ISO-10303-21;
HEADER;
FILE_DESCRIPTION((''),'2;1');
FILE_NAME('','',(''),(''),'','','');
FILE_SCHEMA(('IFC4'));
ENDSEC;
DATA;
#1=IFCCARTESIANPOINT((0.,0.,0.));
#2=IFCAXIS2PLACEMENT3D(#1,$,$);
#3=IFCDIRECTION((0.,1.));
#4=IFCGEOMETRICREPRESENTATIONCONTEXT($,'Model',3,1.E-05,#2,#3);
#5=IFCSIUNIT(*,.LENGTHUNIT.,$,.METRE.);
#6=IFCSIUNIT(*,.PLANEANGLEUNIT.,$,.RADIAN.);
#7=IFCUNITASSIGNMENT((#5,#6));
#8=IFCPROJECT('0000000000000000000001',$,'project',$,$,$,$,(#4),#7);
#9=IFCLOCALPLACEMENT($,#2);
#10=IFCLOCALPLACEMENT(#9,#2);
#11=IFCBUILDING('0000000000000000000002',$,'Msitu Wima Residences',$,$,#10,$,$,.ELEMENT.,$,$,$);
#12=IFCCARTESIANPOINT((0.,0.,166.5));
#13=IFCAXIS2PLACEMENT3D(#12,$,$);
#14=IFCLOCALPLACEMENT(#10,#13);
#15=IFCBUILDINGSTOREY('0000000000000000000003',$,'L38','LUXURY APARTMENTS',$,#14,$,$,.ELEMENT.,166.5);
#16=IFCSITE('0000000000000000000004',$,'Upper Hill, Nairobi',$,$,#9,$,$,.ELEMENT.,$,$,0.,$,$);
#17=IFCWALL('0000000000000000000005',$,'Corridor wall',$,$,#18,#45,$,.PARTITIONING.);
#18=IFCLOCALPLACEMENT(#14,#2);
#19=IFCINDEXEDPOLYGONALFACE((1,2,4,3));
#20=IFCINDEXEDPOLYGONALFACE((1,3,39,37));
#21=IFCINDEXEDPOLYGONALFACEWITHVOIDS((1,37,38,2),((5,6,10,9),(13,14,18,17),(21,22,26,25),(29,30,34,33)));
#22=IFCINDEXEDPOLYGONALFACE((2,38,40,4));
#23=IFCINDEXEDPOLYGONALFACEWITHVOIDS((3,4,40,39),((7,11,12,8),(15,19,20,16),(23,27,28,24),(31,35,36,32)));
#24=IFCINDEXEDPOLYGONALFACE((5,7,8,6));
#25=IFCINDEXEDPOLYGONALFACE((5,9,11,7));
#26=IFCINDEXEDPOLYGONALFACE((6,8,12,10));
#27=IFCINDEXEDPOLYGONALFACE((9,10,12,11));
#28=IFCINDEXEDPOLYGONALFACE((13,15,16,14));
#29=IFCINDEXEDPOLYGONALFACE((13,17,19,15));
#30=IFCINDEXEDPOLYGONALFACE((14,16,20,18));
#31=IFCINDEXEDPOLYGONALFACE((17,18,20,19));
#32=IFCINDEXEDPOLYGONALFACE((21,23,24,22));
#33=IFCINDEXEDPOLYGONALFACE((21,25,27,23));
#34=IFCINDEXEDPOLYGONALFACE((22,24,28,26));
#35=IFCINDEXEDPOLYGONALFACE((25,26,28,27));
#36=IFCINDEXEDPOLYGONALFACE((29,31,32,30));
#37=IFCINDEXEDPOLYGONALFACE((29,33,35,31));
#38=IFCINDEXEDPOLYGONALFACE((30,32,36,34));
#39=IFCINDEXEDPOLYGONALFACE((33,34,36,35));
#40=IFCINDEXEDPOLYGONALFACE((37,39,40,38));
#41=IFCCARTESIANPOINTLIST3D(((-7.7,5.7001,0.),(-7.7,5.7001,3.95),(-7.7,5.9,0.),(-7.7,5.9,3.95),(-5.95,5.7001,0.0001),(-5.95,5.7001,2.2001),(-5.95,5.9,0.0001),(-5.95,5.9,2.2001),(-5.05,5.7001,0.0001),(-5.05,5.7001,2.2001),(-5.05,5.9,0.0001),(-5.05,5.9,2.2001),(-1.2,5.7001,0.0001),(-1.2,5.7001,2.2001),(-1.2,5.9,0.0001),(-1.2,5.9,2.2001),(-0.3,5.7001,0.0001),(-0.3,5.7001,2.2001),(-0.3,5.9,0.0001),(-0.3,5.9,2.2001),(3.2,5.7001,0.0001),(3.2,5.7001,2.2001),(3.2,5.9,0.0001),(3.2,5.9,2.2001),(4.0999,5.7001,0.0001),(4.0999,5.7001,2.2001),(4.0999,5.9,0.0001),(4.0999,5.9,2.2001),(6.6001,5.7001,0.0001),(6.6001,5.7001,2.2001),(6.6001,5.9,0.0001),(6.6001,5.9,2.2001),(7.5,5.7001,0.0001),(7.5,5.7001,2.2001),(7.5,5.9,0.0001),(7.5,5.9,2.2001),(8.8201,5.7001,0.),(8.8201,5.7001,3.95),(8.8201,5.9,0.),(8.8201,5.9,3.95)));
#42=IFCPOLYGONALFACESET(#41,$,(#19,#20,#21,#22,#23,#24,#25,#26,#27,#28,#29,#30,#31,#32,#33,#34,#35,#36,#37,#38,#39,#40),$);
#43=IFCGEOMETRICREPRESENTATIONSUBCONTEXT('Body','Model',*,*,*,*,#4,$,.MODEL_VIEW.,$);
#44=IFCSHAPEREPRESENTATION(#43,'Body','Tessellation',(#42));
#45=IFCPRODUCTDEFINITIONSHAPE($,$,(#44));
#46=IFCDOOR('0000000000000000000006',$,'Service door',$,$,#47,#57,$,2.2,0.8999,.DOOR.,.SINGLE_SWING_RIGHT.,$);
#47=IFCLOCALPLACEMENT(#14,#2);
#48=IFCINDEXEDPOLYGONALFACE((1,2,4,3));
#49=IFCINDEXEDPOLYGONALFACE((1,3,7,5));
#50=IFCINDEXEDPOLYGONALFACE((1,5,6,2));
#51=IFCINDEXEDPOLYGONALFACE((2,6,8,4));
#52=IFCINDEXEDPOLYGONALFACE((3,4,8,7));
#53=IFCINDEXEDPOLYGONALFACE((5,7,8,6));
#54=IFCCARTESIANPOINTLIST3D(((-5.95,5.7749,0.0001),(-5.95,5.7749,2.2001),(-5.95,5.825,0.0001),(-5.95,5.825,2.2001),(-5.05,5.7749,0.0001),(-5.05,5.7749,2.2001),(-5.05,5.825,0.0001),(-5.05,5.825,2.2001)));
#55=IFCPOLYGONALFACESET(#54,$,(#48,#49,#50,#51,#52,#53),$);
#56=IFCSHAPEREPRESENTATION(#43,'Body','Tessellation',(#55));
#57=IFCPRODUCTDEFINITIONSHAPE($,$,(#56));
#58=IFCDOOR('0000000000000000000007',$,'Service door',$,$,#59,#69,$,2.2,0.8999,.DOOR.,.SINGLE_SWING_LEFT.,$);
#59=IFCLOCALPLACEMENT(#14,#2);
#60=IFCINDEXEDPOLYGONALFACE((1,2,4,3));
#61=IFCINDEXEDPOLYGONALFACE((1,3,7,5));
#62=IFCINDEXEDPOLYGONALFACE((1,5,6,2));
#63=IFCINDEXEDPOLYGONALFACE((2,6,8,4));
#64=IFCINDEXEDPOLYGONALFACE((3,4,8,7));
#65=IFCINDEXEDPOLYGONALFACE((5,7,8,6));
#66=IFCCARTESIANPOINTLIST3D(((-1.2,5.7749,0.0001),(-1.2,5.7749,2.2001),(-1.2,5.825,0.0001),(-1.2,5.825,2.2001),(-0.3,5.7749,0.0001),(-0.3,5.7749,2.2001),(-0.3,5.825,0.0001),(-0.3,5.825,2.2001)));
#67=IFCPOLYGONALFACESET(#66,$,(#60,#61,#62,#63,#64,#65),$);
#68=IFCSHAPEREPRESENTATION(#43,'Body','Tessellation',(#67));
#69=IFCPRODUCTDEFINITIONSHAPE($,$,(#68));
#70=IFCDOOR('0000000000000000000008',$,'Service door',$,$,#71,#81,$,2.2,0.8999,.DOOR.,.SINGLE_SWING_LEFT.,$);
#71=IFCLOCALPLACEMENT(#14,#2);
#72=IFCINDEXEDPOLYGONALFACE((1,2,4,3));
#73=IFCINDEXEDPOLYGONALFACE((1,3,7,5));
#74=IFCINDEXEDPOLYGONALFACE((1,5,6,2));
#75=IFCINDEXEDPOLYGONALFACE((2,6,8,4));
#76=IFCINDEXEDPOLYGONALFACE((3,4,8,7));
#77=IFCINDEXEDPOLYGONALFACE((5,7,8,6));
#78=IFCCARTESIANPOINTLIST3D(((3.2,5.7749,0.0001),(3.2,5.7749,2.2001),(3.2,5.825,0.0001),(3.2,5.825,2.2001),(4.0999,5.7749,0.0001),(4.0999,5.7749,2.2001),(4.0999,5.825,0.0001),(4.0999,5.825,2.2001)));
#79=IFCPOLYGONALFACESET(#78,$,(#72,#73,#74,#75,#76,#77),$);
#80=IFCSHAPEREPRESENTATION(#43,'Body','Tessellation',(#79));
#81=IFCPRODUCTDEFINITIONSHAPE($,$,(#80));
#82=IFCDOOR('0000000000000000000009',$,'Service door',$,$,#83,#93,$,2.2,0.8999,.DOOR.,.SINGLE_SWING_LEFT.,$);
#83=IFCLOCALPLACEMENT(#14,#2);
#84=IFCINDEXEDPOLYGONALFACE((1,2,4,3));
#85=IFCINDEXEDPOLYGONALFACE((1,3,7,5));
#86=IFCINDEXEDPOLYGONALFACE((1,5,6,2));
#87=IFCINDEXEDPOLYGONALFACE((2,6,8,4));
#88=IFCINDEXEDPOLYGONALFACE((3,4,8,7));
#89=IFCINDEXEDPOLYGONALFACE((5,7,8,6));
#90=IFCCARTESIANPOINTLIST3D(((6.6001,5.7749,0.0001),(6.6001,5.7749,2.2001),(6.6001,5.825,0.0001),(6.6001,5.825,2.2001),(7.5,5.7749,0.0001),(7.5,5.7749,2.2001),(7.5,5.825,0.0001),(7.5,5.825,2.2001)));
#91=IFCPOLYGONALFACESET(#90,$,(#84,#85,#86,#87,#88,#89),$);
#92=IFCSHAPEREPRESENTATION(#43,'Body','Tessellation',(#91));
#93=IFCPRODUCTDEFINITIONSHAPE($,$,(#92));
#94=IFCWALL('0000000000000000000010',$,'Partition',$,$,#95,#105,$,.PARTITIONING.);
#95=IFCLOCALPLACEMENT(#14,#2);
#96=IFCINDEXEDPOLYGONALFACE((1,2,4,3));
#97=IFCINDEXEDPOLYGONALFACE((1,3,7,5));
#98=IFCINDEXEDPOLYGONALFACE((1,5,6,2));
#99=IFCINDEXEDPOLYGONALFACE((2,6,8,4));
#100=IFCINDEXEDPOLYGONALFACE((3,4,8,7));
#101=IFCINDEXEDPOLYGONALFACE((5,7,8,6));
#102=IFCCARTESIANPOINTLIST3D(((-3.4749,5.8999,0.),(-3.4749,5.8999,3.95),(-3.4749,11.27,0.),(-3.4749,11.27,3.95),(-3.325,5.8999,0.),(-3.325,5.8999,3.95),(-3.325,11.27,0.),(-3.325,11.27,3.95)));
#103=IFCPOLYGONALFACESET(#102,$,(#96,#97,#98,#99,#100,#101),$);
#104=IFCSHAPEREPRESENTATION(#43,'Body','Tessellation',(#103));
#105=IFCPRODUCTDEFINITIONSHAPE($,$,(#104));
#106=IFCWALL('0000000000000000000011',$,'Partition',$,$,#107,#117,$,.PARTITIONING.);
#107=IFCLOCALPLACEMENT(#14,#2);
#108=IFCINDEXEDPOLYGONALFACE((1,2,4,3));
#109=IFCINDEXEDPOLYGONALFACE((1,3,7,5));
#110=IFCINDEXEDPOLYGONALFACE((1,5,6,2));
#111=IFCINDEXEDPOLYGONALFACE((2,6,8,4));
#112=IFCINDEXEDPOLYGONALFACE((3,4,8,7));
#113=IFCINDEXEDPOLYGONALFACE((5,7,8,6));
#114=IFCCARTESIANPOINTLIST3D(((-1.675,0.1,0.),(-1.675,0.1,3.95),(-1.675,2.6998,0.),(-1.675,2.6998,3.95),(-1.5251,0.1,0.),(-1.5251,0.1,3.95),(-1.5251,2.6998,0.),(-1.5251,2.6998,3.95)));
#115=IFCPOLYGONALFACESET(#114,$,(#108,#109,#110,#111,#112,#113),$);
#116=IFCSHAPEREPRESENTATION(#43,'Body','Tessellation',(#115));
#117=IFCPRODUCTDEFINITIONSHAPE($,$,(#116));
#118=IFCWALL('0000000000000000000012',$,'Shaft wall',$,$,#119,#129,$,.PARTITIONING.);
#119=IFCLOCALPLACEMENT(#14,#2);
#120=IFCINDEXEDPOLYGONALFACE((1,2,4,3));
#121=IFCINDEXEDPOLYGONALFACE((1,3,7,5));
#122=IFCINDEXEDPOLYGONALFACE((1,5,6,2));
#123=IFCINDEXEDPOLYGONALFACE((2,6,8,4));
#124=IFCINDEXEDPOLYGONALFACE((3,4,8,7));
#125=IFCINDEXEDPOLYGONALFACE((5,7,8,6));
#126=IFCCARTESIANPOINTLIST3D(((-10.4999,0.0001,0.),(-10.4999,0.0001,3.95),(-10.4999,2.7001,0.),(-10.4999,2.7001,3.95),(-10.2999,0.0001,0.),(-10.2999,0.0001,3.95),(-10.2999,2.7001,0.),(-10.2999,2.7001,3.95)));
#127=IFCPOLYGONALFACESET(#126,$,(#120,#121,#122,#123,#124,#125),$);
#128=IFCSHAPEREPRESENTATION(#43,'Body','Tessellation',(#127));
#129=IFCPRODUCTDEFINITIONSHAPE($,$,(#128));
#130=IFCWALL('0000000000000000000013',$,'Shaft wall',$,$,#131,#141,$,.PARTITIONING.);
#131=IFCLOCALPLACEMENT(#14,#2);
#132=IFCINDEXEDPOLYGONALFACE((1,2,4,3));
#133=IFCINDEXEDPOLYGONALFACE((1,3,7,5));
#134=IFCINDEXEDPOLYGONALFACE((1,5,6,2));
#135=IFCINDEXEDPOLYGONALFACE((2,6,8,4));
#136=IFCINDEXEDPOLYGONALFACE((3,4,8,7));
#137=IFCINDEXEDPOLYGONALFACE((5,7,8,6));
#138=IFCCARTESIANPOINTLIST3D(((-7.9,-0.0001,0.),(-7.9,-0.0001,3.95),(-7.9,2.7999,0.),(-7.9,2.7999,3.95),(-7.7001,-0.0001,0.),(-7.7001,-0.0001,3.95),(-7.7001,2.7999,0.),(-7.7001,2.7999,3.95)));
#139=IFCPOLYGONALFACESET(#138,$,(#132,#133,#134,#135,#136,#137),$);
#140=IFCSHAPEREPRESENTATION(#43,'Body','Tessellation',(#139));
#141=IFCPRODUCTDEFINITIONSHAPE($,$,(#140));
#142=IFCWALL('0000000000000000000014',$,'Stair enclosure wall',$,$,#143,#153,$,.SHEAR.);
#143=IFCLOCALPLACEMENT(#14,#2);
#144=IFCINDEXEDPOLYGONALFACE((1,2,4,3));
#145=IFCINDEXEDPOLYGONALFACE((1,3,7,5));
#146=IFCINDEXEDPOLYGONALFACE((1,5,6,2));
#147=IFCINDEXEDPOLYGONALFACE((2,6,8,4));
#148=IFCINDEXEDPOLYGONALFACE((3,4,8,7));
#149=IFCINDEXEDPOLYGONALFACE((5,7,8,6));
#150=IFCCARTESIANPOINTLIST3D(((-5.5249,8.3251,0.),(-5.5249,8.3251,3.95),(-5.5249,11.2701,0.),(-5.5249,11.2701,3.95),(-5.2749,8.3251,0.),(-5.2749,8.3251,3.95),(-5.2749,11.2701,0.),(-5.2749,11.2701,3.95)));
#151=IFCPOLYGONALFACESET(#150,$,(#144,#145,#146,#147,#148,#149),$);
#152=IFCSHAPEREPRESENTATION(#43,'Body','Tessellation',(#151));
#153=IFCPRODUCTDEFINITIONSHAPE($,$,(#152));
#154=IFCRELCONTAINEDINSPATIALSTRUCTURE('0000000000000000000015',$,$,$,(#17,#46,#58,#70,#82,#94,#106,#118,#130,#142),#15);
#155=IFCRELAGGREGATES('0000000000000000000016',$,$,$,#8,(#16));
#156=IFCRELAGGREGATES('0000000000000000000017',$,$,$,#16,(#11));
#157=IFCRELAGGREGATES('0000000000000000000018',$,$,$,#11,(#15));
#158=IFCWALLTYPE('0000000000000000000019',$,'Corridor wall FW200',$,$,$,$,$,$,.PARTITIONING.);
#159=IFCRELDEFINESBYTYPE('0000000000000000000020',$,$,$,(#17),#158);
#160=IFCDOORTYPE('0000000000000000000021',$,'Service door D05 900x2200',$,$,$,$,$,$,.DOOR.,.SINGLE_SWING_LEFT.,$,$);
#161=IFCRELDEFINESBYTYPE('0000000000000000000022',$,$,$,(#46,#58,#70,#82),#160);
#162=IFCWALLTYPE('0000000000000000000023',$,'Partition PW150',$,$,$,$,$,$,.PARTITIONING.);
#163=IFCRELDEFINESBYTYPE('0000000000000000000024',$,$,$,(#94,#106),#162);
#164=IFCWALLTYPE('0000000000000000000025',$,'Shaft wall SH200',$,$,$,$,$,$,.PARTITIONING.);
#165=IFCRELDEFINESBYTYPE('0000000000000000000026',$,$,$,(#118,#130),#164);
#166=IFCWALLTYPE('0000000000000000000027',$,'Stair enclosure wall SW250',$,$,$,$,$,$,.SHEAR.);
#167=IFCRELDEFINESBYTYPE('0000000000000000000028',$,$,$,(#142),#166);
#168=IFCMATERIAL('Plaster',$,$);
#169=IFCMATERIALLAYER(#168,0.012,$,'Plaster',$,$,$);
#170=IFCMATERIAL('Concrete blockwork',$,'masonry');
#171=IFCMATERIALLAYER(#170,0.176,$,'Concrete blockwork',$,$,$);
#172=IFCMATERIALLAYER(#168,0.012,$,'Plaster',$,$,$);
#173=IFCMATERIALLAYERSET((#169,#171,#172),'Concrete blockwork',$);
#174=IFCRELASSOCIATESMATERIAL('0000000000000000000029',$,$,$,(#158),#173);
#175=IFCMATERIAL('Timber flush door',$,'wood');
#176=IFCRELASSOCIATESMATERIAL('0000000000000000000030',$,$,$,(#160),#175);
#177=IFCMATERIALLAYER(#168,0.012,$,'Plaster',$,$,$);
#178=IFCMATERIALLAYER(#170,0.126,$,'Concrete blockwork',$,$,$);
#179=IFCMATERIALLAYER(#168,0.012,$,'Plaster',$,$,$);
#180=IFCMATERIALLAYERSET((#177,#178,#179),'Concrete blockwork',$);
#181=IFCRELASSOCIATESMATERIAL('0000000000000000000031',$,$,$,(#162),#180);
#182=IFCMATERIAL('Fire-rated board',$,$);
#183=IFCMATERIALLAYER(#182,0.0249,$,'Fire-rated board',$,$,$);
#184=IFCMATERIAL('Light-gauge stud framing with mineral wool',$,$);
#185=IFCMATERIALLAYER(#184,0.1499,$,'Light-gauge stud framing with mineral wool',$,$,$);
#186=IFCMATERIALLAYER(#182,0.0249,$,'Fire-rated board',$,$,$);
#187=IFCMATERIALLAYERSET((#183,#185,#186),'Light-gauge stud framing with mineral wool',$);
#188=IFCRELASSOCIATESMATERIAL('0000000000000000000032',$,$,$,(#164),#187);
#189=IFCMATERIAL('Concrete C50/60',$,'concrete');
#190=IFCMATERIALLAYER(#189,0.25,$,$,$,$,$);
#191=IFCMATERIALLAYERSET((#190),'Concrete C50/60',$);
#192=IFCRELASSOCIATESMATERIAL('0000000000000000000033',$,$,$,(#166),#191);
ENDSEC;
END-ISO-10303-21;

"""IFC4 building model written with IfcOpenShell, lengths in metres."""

from ifc_helpers import new_model, si_unit, direction, frame, frame_2d, origin, place, context, subcontext, project, spatial, rectangle, extrude, material, layer, layer_set, type_object, element, fill, save


model = new_model("IFC4")

# Units and contexts
model_context = context("Model", 3, precision=1e-05, world=origin(), true_north=direction((0.0, 1.0)))
body_context = subcontext(model_context, "Body", "Model", "MODEL_VIEW")
ifc_project = project(units=[si_unit("LENGTHUNIT", "METRE"), si_unit("PLANEANGLEUNIT", "RADIAN")], contexts=[model_context])

# Site, building, storey
site_placement = place(None, origin())
site = spatial("IfcSite", under=ifc_project, at=site_placement, Name="Upper Hill, Nairobi", CompositionType="ELEMENT", RefElevation=0.0)
building_placement = place(site_placement, origin())
building = spatial("IfcBuilding", under=site, at=building_placement, Name="Msitu Wima Residences", CompositionType="ELEMENT")
storey_placement = place(building_placement, frame((0.0, 0.0, 166.5)))
storey = spatial("IfcBuildingStorey", under=building, at=storey_placement, Name="L38", Description="LUXURY APARTMENTS", CompositionType="ELEMENT", Elevation=166.5)

# Shared definitions
ifc_material_1 = material(Name="Plaster")
ifc_layer_1 = layer(ifc_material_1, 0.012, Name="Plaster")
ifc_material_2 = material(Name="Concrete blockwork", Category="masonry")
ifc_layer_2 = layer(ifc_material_2, 0.176, Name="Concrete blockwork")
ifc_layer_3 = layer(ifc_material_1, 0.012, Name="Plaster")
ifc_layer_set_1 = layer_set([ifc_layer_1, ifc_layer_2, ifc_layer_3], Name="Concrete blockwork")
wall_type_1 = type_object("IfcWallType", Name="Corridor wall FW200", PredefinedType="PARTITIONING", material=ifc_layer_set_1)
ifc_material_3 = material(Name="Timber flush door", Category="wood")
door_type_1 = type_object("IfcDoorType", Name="Service door D05 900x2200", OperationType="SINGLE_SWING_LEFT", PredefinedType="DOOR", material=ifc_material_3)

# Wall, openings, doors
wall_1_placement = place(storey_placement, frame((-7.7, 5.8, 0.0), z_axis=(0.0, 0.0, 1.0), x_axis=(1.0, 0.0, 0.0)))
wall_1 = element("IfcWall", 1, at=wall_1_placement, inside=storey, type_object=wall_type_1, Name="Corridor wall", PredefinedType="PARTITIONING", context=body_context, shape_type="SweptSolid", body=[
    extrude(rectangle(XDim=16.52, YDim=0.2, at=frame_2d((8.26, 0.0))), origin(), (0.0, 0.0, 1.0), 3.95),
])
opening_1_placement = place(wall_1_placement, frame((1.75, 0.0, 0.0)))
opening_1 = element("IfcOpeningElement", 2, at=opening_1_placement, cuts=wall_1, PredefinedType="OPENING", context=body_context, shape_type="SweptSolid", body=[
    extrude(rectangle(XDim=0.8999, YDim=2.2, at=frame_2d((0.45, 1.1001))), frame((0.0, 0.1099, 0.0), z_axis=(0.0, -1.0, 0.0), x_axis=(1.0, 0.0, 0.0)), (0.0, 0.0, 1.0), 0.22),
])
opening_2_placement = place(wall_1_placement, frame((6.5, 0.0, 0.0)))
opening_2 = element("IfcOpeningElement", 3, at=opening_2_placement, cuts=wall_1, PredefinedType="OPENING", context=body_context, shape_type="SweptSolid", body=[
    extrude(rectangle(XDim=0.8999, YDim=2.2, at=frame_2d((0.45, 1.1001))), frame((0.0, 0.1099, 0.0), z_axis=(0.0, -1.0, 0.0), x_axis=(1.0, 0.0, 0.0)), (0.0, 0.0, 1.0), 0.22),
])
opening_3_placement = place(wall_1_placement, frame((10.8999, 0.0, 0.0)))
opening_3 = element("IfcOpeningElement", 4, at=opening_3_placement, cuts=wall_1, PredefinedType="OPENING", context=body_context, shape_type="SweptSolid", body=[
    extrude(rectangle(XDim=0.8999, YDim=2.2, at=frame_2d((0.45, 1.1001))), frame((0.0, 0.1099, 0.0), z_axis=(0.0, -1.0, 0.0), x_axis=(1.0, 0.0, 0.0)), (0.0, 0.0, 1.0), 0.22),
])
opening_4_placement = place(wall_1_placement, frame((14.3, 0.0, 0.0)))
opening_4 = element("IfcOpeningElement", 5, at=opening_4_placement, cuts=wall_1, PredefinedType="OPENING", context=body_context, shape_type="SweptSolid", body=[
    extrude(rectangle(XDim=0.8999, YDim=2.2, at=frame_2d((0.45, 1.1001))), frame((0.0, 0.1099, 0.0), z_axis=(0.0, -1.0, 0.0), x_axis=(1.0, 0.0, 0.0)), (0.0, 0.0, 1.0), 0.22),
])
door_1_placement = place(opening_1_placement, origin())
door_1 = element("IfcDoor", 6, at=door_1_placement, inside=storey, type_object=door_type_1, Name="Service door", OperationType="SINGLE_SWING_RIGHT", OverallHeight=2.2, OverallWidth=0.8999, PredefinedType="DOOR", context=body_context, shape_type="SweptSolid", body=[
    extrude(rectangle(XDim=0.8999, YDim=2.2, at=frame_2d((0.45, 1.1001))), frame((0.0, 0.0249, 0.0), z_axis=(0.0, -1.0, 0.0), x_axis=(1.0, 0.0, 0.0)), (0.0, 0.0, 1.0), 0.05),
])
fill(opening_1, door_1)
door_2_placement = place(opening_2_placement, origin())
door_2 = element("IfcDoor", 7, at=door_2_placement, inside=storey, type_object=door_type_1, Name="Service door", OperationType="SINGLE_SWING_LEFT", OverallHeight=2.2, OverallWidth=0.8999, PredefinedType="DOOR", context=body_context, shape_type="SweptSolid", body=[
    extrude(rectangle(XDim=0.8999, YDim=2.2, at=frame_2d((0.45, 1.1001))), frame((0.0, 0.0249, 0.0), z_axis=(0.0, -1.0, 0.0), x_axis=(1.0, 0.0, 0.0)), (0.0, 0.0, 1.0), 0.05),
])
fill(opening_2, door_2)
door_3_placement = place(opening_3_placement, origin())
door_3 = element("IfcDoor", 8, at=door_3_placement, inside=storey, type_object=door_type_1, Name="Service door", OperationType="SINGLE_SWING_LEFT", OverallHeight=2.2, OverallWidth=0.8999, PredefinedType="DOOR", context=body_context, shape_type="SweptSolid", body=[
    extrude(rectangle(XDim=0.8999, YDim=2.2, at=frame_2d((0.45, 1.1001))), frame((0.0, 0.0249, 0.0), z_axis=(0.0, -1.0, 0.0), x_axis=(1.0, 0.0, 0.0)), (0.0, 0.0, 1.0), 0.05),
])
fill(opening_3, door_3)
door_4_placement = place(opening_4_placement, origin())
door_4 = element("IfcDoor", 9, at=door_4_placement, inside=storey, type_object=door_type_1, Name="Service door", OperationType="SINGLE_SWING_LEFT", OverallHeight=2.2, OverallWidth=0.8999, PredefinedType="DOOR", context=body_context, shape_type="SweptSolid", body=[
    extrude(rectangle(XDim=0.8999, YDim=2.2, at=frame_2d((0.45, 1.1001))), frame((0.0, 0.0249, 0.0), z_axis=(0.0, -1.0, 0.0), x_axis=(1.0, 0.0, 0.0)), (0.0, 0.0, 1.0), 0.05),
])
fill(opening_4, door_4)

# Walls
ifc_layer_4 = layer(ifc_material_1, 0.012, Name="Plaster")
ifc_layer_5 = layer(ifc_material_2, 0.126, Name="Concrete blockwork")
ifc_layer_6 = layer(ifc_material_1, 0.012, Name="Plaster")
ifc_layer_set_2 = layer_set([ifc_layer_4, ifc_layer_5, ifc_layer_6], Name="Concrete blockwork")
wall_type_2 = type_object("IfcWallType", Name="Partition PW150", PredefinedType="PARTITIONING", material=ifc_layer_set_2)
wall_2_placement = place(storey_placement, frame((-3.3999, 5.8999, 0.0), z_axis=(0.0, 0.0, 1.0), x_axis=(0.0, 1.0, 0.0)))
element("IfcWall", 10, at=wall_2_placement, inside=storey, type_object=wall_type_2, Name="Partition", PredefinedType="PARTITIONING", context=body_context, shape_type="SweptSolid", body=[
    extrude(rectangle(XDim=5.3701, YDim=0.1499, at=frame_2d((2.6851, 0.0))), origin(), (0.0, 0.0, 1.0), 3.95),
])
wall_3_placement = place(storey_placement, frame((-1.6001, 0.1001, 0.0), z_axis=(0.0, 0.0, 1.0), x_axis=(0.0, 1.0, 0.0)))
element("IfcWall", 11, at=wall_3_placement, inside=storey, type_object=wall_type_2, Name="Partition", PredefinedType="PARTITIONING", context=body_context, shape_type="SweptSolid", body=[
    extrude(rectangle(XDim=2.5999, YDim=0.1499, at=frame_2d((1.2998, 0.0))), origin(), (0.0, 0.0, 1.0), 3.95),
])
ifc_material_4 = material(Name="Fire-rated board")
ifc_layer_7 = layer(ifc_material_4, 0.0249, Name="Fire-rated board")
ifc_material_5 = material(Name="Light-gauge stud framing with mineral wool")
ifc_layer_8 = layer(ifc_material_5, 0.1499, Name="Light-gauge stud framing with mineral wool")
ifc_layer_9 = layer(ifc_material_4, 0.0249, Name="Fire-rated board")
ifc_layer_set_3 = layer_set([ifc_layer_7, ifc_layer_8, ifc_layer_9], Name="Light-gauge stud framing with mineral wool")
wall_type_3 = type_object("IfcWallType", Name="Shaft wall SH200", PredefinedType="PARTITIONING", material=ifc_layer_set_3)
wall_4_placement = place(storey_placement, frame((-10.3999, 0.0, 0.0), z_axis=(0.0, 0.0, 1.0), x_axis=(0.0, 1.0, 0.0)))
element("IfcWall", 12, at=wall_4_placement, inside=storey, type_object=wall_type_3, Name="Shaft wall", PredefinedType="PARTITIONING", context=body_context, shape_type="SweptSolid", body=[
    extrude(rectangle(XDim=2.7, YDim=0.2, at=frame_2d((1.3501, 0.0))), origin(), (0.0, 0.0, 1.0), 3.95),
])
wall_5_placement = place(storey_placement, frame((-7.8, 0.0, 0.0), z_axis=(0.0, 0.0, 1.0), x_axis=(0.0, 1.0, 0.0)))
element("IfcWall", 13, at=wall_5_placement, inside=storey, type_object=wall_type_3, Name="Shaft wall", PredefinedType="PARTITIONING", context=body_context, shape_type="SweptSolid", body=[
    extrude(rectangle(XDim=2.8, YDim=0.2, at=frame_2d((1.3999, 0.0))), origin(), (0.0, 0.0, 1.0), 3.95),
])
ifc_material_6 = material(Name="Concrete C50/60", Category="concrete")
ifc_layer_10 = layer(ifc_material_6, 0.25)
ifc_layer_set_4 = layer_set([ifc_layer_10], Name="Concrete C50/60")
wall_type_4 = type_object("IfcWallType", Name="Stair enclosure wall SW250", PredefinedType="SHEAR", material=ifc_layer_set_4)
wall_6_placement = place(storey_placement, frame((-5.3999, 8.325, 0.0), z_axis=(0.0, 0.0, 1.0), x_axis=(0.0, 1.0, 0.0)))
element("IfcWall", 14, at=wall_6_placement, inside=storey, type_object=wall_type_4, Name="Stair enclosure wall", PredefinedType="SHEAR", context=body_context, shape_type="SweptSolid", body=[
    extrude(rectangle(XDim=2.9451, YDim=0.25, at=frame_2d((1.4727, 0.0))), origin(), (0.0, 0.0, 1.0), 3.95),
])

save(model, "model.ifc")
